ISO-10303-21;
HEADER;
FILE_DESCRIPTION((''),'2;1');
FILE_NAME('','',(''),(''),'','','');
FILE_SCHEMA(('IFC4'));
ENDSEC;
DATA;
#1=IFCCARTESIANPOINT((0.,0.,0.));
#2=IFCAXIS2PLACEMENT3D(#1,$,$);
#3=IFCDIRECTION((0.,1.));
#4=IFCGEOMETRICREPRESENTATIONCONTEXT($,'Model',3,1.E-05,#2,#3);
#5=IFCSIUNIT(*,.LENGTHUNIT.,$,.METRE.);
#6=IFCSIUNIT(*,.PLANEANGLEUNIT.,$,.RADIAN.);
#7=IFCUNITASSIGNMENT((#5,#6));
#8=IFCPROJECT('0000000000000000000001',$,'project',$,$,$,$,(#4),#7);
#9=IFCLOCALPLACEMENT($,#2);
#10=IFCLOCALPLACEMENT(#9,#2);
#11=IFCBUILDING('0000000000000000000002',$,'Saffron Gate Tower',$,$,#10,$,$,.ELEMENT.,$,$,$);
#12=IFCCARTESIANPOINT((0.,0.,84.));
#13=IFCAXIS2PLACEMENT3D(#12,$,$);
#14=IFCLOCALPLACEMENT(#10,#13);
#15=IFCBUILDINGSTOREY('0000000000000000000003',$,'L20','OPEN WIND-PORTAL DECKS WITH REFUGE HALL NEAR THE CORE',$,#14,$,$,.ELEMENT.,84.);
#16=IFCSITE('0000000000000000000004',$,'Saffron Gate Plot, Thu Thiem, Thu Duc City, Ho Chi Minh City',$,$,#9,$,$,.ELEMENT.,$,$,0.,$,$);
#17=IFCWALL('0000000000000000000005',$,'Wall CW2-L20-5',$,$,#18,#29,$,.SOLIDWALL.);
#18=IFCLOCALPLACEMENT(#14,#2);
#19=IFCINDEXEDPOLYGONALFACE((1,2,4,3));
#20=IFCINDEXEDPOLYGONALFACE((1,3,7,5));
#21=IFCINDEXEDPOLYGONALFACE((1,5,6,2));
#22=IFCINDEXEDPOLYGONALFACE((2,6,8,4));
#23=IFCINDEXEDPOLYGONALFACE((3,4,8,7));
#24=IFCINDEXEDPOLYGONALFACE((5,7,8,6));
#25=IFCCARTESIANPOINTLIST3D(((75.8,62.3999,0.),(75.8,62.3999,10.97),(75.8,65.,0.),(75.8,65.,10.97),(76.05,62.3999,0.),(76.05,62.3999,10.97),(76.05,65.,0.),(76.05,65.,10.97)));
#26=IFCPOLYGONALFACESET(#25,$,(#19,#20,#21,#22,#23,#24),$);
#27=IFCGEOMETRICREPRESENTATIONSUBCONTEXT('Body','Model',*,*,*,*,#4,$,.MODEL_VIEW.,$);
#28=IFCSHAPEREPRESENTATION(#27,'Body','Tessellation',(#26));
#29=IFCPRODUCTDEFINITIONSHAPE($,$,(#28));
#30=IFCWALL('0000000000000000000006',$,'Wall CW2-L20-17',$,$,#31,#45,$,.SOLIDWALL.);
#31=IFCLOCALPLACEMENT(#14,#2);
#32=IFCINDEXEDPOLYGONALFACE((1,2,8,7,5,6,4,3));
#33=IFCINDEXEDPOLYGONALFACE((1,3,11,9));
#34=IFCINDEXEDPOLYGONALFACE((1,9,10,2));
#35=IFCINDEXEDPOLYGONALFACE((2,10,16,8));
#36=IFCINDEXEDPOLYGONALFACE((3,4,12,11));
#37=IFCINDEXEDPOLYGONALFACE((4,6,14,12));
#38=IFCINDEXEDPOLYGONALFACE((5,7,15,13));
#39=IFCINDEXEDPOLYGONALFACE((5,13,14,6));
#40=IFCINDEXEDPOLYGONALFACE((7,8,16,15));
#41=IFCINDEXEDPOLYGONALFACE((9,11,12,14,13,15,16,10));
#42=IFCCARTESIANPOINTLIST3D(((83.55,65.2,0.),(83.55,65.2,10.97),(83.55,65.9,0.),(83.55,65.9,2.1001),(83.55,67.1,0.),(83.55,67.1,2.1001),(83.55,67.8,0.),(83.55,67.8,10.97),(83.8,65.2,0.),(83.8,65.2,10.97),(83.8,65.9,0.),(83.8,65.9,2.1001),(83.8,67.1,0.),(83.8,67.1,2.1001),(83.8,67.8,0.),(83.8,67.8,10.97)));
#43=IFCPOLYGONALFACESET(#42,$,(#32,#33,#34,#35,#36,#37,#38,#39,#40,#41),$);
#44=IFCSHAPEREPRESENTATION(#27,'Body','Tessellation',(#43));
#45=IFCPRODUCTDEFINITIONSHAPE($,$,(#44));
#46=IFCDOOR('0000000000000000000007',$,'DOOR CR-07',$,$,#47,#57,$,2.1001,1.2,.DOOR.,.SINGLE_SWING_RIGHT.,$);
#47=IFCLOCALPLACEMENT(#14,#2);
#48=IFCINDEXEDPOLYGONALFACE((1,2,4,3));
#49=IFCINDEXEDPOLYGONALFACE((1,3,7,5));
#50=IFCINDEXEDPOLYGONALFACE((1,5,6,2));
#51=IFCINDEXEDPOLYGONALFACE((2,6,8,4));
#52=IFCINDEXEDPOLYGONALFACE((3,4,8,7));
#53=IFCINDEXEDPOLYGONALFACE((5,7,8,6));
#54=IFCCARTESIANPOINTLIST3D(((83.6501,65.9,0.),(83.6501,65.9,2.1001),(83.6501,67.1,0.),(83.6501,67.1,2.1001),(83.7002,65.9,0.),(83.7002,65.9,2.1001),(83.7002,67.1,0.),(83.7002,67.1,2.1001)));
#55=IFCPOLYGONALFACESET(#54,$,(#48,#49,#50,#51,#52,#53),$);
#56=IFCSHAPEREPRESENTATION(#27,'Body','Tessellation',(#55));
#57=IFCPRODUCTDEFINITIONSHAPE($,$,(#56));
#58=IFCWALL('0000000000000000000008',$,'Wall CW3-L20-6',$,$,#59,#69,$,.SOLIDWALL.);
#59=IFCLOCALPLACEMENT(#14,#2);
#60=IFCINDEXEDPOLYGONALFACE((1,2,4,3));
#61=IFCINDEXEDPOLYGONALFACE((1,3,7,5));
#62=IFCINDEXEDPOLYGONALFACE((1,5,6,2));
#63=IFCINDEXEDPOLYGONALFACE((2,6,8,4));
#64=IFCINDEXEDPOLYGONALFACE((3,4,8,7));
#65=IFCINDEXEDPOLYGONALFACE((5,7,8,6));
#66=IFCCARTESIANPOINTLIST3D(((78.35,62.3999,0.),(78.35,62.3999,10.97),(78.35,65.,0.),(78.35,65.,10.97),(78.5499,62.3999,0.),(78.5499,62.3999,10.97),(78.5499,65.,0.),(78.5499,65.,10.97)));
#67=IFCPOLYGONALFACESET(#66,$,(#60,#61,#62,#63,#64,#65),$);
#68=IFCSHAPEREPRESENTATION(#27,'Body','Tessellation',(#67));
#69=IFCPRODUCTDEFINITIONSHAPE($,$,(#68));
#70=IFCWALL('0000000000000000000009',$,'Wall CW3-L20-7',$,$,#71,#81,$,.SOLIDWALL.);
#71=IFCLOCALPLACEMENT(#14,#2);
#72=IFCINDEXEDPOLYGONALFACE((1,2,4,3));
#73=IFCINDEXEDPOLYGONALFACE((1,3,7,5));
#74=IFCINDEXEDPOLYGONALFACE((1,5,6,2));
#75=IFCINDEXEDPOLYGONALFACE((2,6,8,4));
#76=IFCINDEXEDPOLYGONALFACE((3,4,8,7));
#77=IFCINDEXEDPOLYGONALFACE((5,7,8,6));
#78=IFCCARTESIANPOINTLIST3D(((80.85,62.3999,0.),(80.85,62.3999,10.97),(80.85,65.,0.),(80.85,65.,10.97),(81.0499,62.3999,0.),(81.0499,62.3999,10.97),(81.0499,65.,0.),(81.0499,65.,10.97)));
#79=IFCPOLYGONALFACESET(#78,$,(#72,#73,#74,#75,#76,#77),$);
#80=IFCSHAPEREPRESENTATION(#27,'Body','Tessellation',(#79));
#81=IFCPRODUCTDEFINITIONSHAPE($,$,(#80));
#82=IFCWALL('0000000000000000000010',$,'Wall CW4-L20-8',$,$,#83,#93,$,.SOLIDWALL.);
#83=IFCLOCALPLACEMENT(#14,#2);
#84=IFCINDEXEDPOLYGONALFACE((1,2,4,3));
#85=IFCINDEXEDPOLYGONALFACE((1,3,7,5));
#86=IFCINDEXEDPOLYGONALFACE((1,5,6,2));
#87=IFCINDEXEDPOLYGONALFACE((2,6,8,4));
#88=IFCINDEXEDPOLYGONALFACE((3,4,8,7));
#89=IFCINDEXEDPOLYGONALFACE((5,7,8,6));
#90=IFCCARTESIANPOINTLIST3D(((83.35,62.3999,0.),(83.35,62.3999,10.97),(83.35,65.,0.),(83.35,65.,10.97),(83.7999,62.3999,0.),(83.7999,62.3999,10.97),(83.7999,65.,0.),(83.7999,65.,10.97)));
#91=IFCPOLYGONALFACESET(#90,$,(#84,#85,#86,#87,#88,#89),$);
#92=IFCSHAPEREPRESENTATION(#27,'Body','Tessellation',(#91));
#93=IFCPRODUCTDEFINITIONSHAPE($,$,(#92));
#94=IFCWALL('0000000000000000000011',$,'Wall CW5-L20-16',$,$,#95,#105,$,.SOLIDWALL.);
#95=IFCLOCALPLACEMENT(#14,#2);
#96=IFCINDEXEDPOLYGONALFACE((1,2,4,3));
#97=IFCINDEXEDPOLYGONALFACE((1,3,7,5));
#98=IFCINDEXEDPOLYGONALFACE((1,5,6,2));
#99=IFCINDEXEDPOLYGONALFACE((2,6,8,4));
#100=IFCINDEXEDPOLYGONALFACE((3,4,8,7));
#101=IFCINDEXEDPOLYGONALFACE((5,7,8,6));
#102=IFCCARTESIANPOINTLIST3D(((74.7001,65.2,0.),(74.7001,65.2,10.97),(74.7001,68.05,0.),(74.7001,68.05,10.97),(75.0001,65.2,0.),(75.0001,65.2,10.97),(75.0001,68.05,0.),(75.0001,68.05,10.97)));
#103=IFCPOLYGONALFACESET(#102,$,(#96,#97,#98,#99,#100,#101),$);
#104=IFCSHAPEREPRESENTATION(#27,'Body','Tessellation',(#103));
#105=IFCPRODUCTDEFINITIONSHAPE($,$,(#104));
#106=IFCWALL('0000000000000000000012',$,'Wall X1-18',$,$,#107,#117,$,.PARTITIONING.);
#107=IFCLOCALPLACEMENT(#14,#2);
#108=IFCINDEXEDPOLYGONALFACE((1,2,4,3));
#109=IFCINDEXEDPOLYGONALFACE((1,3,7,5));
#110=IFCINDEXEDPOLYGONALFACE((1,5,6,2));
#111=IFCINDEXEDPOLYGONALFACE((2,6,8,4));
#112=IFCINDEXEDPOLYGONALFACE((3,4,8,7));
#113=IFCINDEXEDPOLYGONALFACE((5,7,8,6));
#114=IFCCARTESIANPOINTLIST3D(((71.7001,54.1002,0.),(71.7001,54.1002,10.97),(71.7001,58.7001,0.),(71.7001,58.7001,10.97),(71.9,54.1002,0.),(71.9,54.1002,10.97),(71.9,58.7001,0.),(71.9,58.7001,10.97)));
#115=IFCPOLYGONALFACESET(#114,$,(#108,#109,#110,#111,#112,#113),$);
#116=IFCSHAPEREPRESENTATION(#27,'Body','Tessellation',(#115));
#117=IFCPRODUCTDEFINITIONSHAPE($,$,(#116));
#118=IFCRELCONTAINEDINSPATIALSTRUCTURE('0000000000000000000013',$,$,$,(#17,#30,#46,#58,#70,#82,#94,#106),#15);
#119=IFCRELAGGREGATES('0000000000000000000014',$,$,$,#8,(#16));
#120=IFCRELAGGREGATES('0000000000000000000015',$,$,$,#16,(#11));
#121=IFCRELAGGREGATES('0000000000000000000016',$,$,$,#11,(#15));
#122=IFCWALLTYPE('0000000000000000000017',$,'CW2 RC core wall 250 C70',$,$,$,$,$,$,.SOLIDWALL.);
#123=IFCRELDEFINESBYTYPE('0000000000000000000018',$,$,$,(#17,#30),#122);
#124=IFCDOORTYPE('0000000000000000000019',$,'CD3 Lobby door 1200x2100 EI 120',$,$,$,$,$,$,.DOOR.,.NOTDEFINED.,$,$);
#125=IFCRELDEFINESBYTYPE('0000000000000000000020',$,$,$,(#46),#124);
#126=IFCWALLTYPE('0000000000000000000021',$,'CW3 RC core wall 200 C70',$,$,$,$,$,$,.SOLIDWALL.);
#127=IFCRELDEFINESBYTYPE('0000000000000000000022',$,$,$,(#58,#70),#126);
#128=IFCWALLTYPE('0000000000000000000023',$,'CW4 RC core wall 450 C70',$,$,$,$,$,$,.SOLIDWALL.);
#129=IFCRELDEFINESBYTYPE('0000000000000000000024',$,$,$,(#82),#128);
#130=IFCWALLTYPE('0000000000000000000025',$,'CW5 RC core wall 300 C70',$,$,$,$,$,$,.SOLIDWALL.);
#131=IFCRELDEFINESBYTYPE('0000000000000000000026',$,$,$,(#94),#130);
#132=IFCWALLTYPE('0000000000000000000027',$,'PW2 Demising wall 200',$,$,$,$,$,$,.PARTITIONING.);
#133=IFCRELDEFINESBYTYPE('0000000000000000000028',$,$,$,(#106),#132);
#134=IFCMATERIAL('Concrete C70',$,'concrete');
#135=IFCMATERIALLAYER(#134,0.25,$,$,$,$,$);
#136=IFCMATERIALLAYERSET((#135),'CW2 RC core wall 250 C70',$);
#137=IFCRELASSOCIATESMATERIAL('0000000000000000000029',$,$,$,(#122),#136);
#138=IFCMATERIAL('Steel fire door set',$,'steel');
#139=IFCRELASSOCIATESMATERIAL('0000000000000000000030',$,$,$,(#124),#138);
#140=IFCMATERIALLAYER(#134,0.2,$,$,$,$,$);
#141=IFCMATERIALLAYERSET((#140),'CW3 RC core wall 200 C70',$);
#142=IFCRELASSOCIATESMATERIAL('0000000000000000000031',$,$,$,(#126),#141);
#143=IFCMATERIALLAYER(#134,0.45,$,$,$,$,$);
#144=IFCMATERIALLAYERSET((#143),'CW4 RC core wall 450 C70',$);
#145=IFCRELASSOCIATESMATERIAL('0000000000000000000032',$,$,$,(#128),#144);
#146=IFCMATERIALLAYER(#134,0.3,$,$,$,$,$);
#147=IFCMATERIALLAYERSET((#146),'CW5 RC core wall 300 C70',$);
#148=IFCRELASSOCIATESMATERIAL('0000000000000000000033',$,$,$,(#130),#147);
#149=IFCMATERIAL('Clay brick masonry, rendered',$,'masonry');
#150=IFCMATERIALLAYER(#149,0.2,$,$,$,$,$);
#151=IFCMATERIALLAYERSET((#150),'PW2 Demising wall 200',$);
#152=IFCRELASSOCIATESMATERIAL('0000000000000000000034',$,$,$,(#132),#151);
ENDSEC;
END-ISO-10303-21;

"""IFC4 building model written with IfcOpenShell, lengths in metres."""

from ifc_helpers import new_model, si_unit, direction, frame, frame_2d, origin, place, context, subcontext, project, spatial, rectangle, extrude, material, layer, layer_set, type_object, element, fill, save


model = new_model("IFC4")

# Units and contexts
model_context = context("Model", 3, precision=1e-05, world=origin(), true_north=direction((0.0, 1.0)))
body_context = subcontext(model_context, "Body", "Model", "MODEL_VIEW")
ifc_project = project(units=[si_unit("LENGTHUNIT", "METRE"), si_unit("PLANEANGLEUNIT", "RADIAN")], contexts=[model_context])

# Site, building, storey
site_placement = place(None, origin())
site = spatial("IfcSite", under=ifc_project, at=site_placement, Name="Saffron Gate Plot, Thu Thiem, Thu Duc City, Ho Chi Minh City", CompositionType="ELEMENT", RefElevation=0.0)
building_placement = place(site_placement, origin())
building = spatial("IfcBuilding", under=site, at=building_placement, Name="Saffron Gate Tower", CompositionType="ELEMENT")
storey_placement = place(building_placement, frame((0.0, 0.0, 84.0)))
storey = spatial("IfcBuildingStorey", under=building, at=storey_placement, Name="L20", Description="OPEN WIND-PORTAL DECKS WITH REFUGE HALL NEAR THE CORE", CompositionType="ELEMENT", Elevation=84.0)

# Wall
ifc_material_1 = material(Name="Concrete C70", Category="concrete")
ifc_layer_1 = layer(ifc_material_1, 0.25)
ifc_layer_set_1 = layer_set([ifc_layer_1], Name="CW2 RC core wall 250 C70")
wall_type_1 = type_object("IfcWallType", Name="CW2 RC core wall 250 C70", PredefinedType="SOLIDWALL", material=ifc_layer_set_1)
wall_1_placement = place(storey_placement, frame((75.925, 62.3999, 0.0), z_axis=(0.0, 0.0, 1.0), x_axis=(0.0, 1.0, 0.0)))
element("IfcWall", 1, at=wall_1_placement, inside=storey, type_object=wall_type_1, Name="Wall CW2-L20-5", PredefinedType="SOLIDWALL", context=body_context, shape_type="SweptSolid", body=[
    extrude(rectangle(XDim=2.6001, YDim=0.25, at=frame_2d((1.3, 0.0))), origin(), (0.0, 0.0, 1.0), 10.97),
])

# Wall, opening, door
wall_2_placement = place(storey_placement, frame((83.675, 65.2, 0.0), z_axis=(0.0, 0.0, 1.0), x_axis=(0.0, 1.0, 0.0)))
wall_2 = element("IfcWall", 2, at=wall_2_placement, inside=storey, type_object=wall_type_1, Name="Wall CW2-L20-17", PredefinedType="SOLIDWALL", context=body_context, shape_type="SweptSolid", body=[
    extrude(rectangle(XDim=2.6001, YDim=0.25, at=frame_2d((1.3, 0.0))), origin(), (0.0, 0.0, 1.0), 10.97),
])
opening_1_placement = place(wall_2_placement, frame((0.7, 0.0, 0.0)))
opening_1 = element("IfcOpeningElement", 3, at=opening_1_placement, cuts=wall_2, PredefinedType="OPENING", context=body_context, shape_type="SweptSolid", body=[
    extrude(rectangle(XDim=1.2, YDim=2.1001, at=frame_2d((0.6001, 1.05))), frame((0.0, 0.135, 0.0), z_axis=(0.0, -1.0, 0.0), x_axis=(1.0, 0.0, 0.0)), (0.0, 0.0, 1.0), 0.27),
])
ifc_material_2 = material(Name="Steel fire door set", Category="steel")
door_type_1 = type_object("IfcDoorType", Name="CD3 Lobby door 1200x2100 EI 120", OperationType="NOTDEFINED", PredefinedType="DOOR", material=ifc_material_2)
door_1_placement = place(opening_1_placement, origin())
door_1 = element("IfcDoor", 4, at=door_1_placement, inside=storey, type_object=door_type_1, Name="DOOR CR-07", OperationType="SINGLE_SWING_RIGHT", OverallHeight=2.1001, OverallWidth=1.2, PredefinedType="DOOR", context=body_context, shape_type="SweptSolid", body=[
    extrude(rectangle(XDim=1.2, YDim=2.1001, at=frame_2d((0.6001, 1.05))), frame((0.0, 0.0249, 0.0), z_axis=(0.0, -1.0, 0.0), x_axis=(1.0, 0.0, 0.0)), (0.0, 0.0, 1.0), 0.05),
])
fill(opening_1, door_1)

# Walls
ifc_layer_2 = layer(ifc_material_1, 0.2)
ifc_layer_set_2 = layer_set([ifc_layer_2], Name="CW3 RC core wall 200 C70")
wall_type_2 = type_object("IfcWallType", Name="CW3 RC core wall 200 C70", PredefinedType="SOLIDWALL", material=ifc_layer_set_2)
for number, where, z_axis, x_axis, name in (
    (5, (78.45, 62.3999, 0.0), (0.0, 0.0, 1.0), (0.0, 1.0, 0.0), "Wall CW3-L20-6"),
    (6, (80.95, 62.3999, 0.0), (0.0, 0.0, 1.0), (0.0, 1.0, 0.0), "Wall CW3-L20-7"),
):
    element("IfcWall", number, at=place(storey_placement, frame(where, z_axis=z_axis, x_axis=x_axis)), inside=storey, type_object=wall_type_2, Name=name, PredefinedType="SOLIDWALL", context=body_context, shape_type="SweptSolid", body=[
        extrude(rectangle(XDim=2.6001, YDim=0.2, at=frame_2d((1.3, 0.0))), origin(), (0.0, 0.0, 1.0), 10.97),
    ])
ifc_layer_3 = layer(ifc_material_1, 0.45)
ifc_layer_set_3 = layer_set([ifc_layer_3], Name="CW4 RC core wall 450 C70")
wall_type_3 = type_object("IfcWallType", Name="CW4 RC core wall 450 C70", PredefinedType="SOLIDWALL", material=ifc_layer_set_3)
wall_3_placement = place(storey_placement, frame((83.575, 62.3999, 0.0), z_axis=(0.0, 0.0, 1.0), x_axis=(0.0, 1.0, 0.0)))
element("IfcWall", 7, at=wall_3_placement, inside=storey, type_object=wall_type_3, Name="Wall CW4-L20-8", PredefinedType="SOLIDWALL", context=body_context, shape_type="SweptSolid", body=[
    extrude(rectangle(XDim=2.6001, YDim=0.45, at=frame_2d((1.3, 0.0))), origin(), (0.0, 0.0, 1.0), 10.97),
])
ifc_layer_4 = layer(ifc_material_1, 0.3)
ifc_layer_set_4 = layer_set([ifc_layer_4], Name="CW5 RC core wall 300 C70")
wall_type_4 = type_object("IfcWallType", Name="CW5 RC core wall 300 C70", PredefinedType="SOLIDWALL", material=ifc_layer_set_4)
wall_4_placement = place(storey_placement, frame((74.8501, 65.2, 0.0), z_axis=(0.0, 0.0, 1.0), x_axis=(0.0, 1.0, 0.0)))
element("IfcWall", 8, at=wall_4_placement, inside=storey, type_object=wall_type_4, Name="Wall CW5-L20-16", PredefinedType="SOLIDWALL", context=body_context, shape_type="SweptSolid", body=[
    extrude(rectangle(XDim=2.8501, YDim=0.3, at=frame_2d((1.425, 0.0))), origin(), (0.0, 0.0, 1.0), 10.97),
])
ifc_material_3 = material(Name="Clay brick masonry, rendered", Category="masonry")
ifc_layer_5 = layer(ifc_material_3, 0.2)
ifc_layer_set_5 = layer_set([ifc_layer_5], Name="PW2 Demising wall 200")
wall_type_5 = type_object("IfcWallType", Name="PW2 Demising wall 200", PredefinedType="PARTITIONING", material=ifc_layer_set_5)
wall_5_placement = place(storey_placement, frame((71.8, 58.7, 0.0), z_axis=(0.0, 0.0, 1.0), x_axis=(0.0, -1.0, 0.0)))
element("IfcWall", 9, at=wall_5_placement, inside=storey, type_object=wall_type_5, Name="Wall X1-18", PredefinedType="PARTITIONING", context=body_context, shape_type="SweptSolid", body=[
    extrude(rectangle(XDim=4.5999, YDim=0.2, at=frame_2d((2.2998, 0.0))), origin(), (0.0, 0.0, 1.0), 10.97),
])

save(model, "model.ifc")
